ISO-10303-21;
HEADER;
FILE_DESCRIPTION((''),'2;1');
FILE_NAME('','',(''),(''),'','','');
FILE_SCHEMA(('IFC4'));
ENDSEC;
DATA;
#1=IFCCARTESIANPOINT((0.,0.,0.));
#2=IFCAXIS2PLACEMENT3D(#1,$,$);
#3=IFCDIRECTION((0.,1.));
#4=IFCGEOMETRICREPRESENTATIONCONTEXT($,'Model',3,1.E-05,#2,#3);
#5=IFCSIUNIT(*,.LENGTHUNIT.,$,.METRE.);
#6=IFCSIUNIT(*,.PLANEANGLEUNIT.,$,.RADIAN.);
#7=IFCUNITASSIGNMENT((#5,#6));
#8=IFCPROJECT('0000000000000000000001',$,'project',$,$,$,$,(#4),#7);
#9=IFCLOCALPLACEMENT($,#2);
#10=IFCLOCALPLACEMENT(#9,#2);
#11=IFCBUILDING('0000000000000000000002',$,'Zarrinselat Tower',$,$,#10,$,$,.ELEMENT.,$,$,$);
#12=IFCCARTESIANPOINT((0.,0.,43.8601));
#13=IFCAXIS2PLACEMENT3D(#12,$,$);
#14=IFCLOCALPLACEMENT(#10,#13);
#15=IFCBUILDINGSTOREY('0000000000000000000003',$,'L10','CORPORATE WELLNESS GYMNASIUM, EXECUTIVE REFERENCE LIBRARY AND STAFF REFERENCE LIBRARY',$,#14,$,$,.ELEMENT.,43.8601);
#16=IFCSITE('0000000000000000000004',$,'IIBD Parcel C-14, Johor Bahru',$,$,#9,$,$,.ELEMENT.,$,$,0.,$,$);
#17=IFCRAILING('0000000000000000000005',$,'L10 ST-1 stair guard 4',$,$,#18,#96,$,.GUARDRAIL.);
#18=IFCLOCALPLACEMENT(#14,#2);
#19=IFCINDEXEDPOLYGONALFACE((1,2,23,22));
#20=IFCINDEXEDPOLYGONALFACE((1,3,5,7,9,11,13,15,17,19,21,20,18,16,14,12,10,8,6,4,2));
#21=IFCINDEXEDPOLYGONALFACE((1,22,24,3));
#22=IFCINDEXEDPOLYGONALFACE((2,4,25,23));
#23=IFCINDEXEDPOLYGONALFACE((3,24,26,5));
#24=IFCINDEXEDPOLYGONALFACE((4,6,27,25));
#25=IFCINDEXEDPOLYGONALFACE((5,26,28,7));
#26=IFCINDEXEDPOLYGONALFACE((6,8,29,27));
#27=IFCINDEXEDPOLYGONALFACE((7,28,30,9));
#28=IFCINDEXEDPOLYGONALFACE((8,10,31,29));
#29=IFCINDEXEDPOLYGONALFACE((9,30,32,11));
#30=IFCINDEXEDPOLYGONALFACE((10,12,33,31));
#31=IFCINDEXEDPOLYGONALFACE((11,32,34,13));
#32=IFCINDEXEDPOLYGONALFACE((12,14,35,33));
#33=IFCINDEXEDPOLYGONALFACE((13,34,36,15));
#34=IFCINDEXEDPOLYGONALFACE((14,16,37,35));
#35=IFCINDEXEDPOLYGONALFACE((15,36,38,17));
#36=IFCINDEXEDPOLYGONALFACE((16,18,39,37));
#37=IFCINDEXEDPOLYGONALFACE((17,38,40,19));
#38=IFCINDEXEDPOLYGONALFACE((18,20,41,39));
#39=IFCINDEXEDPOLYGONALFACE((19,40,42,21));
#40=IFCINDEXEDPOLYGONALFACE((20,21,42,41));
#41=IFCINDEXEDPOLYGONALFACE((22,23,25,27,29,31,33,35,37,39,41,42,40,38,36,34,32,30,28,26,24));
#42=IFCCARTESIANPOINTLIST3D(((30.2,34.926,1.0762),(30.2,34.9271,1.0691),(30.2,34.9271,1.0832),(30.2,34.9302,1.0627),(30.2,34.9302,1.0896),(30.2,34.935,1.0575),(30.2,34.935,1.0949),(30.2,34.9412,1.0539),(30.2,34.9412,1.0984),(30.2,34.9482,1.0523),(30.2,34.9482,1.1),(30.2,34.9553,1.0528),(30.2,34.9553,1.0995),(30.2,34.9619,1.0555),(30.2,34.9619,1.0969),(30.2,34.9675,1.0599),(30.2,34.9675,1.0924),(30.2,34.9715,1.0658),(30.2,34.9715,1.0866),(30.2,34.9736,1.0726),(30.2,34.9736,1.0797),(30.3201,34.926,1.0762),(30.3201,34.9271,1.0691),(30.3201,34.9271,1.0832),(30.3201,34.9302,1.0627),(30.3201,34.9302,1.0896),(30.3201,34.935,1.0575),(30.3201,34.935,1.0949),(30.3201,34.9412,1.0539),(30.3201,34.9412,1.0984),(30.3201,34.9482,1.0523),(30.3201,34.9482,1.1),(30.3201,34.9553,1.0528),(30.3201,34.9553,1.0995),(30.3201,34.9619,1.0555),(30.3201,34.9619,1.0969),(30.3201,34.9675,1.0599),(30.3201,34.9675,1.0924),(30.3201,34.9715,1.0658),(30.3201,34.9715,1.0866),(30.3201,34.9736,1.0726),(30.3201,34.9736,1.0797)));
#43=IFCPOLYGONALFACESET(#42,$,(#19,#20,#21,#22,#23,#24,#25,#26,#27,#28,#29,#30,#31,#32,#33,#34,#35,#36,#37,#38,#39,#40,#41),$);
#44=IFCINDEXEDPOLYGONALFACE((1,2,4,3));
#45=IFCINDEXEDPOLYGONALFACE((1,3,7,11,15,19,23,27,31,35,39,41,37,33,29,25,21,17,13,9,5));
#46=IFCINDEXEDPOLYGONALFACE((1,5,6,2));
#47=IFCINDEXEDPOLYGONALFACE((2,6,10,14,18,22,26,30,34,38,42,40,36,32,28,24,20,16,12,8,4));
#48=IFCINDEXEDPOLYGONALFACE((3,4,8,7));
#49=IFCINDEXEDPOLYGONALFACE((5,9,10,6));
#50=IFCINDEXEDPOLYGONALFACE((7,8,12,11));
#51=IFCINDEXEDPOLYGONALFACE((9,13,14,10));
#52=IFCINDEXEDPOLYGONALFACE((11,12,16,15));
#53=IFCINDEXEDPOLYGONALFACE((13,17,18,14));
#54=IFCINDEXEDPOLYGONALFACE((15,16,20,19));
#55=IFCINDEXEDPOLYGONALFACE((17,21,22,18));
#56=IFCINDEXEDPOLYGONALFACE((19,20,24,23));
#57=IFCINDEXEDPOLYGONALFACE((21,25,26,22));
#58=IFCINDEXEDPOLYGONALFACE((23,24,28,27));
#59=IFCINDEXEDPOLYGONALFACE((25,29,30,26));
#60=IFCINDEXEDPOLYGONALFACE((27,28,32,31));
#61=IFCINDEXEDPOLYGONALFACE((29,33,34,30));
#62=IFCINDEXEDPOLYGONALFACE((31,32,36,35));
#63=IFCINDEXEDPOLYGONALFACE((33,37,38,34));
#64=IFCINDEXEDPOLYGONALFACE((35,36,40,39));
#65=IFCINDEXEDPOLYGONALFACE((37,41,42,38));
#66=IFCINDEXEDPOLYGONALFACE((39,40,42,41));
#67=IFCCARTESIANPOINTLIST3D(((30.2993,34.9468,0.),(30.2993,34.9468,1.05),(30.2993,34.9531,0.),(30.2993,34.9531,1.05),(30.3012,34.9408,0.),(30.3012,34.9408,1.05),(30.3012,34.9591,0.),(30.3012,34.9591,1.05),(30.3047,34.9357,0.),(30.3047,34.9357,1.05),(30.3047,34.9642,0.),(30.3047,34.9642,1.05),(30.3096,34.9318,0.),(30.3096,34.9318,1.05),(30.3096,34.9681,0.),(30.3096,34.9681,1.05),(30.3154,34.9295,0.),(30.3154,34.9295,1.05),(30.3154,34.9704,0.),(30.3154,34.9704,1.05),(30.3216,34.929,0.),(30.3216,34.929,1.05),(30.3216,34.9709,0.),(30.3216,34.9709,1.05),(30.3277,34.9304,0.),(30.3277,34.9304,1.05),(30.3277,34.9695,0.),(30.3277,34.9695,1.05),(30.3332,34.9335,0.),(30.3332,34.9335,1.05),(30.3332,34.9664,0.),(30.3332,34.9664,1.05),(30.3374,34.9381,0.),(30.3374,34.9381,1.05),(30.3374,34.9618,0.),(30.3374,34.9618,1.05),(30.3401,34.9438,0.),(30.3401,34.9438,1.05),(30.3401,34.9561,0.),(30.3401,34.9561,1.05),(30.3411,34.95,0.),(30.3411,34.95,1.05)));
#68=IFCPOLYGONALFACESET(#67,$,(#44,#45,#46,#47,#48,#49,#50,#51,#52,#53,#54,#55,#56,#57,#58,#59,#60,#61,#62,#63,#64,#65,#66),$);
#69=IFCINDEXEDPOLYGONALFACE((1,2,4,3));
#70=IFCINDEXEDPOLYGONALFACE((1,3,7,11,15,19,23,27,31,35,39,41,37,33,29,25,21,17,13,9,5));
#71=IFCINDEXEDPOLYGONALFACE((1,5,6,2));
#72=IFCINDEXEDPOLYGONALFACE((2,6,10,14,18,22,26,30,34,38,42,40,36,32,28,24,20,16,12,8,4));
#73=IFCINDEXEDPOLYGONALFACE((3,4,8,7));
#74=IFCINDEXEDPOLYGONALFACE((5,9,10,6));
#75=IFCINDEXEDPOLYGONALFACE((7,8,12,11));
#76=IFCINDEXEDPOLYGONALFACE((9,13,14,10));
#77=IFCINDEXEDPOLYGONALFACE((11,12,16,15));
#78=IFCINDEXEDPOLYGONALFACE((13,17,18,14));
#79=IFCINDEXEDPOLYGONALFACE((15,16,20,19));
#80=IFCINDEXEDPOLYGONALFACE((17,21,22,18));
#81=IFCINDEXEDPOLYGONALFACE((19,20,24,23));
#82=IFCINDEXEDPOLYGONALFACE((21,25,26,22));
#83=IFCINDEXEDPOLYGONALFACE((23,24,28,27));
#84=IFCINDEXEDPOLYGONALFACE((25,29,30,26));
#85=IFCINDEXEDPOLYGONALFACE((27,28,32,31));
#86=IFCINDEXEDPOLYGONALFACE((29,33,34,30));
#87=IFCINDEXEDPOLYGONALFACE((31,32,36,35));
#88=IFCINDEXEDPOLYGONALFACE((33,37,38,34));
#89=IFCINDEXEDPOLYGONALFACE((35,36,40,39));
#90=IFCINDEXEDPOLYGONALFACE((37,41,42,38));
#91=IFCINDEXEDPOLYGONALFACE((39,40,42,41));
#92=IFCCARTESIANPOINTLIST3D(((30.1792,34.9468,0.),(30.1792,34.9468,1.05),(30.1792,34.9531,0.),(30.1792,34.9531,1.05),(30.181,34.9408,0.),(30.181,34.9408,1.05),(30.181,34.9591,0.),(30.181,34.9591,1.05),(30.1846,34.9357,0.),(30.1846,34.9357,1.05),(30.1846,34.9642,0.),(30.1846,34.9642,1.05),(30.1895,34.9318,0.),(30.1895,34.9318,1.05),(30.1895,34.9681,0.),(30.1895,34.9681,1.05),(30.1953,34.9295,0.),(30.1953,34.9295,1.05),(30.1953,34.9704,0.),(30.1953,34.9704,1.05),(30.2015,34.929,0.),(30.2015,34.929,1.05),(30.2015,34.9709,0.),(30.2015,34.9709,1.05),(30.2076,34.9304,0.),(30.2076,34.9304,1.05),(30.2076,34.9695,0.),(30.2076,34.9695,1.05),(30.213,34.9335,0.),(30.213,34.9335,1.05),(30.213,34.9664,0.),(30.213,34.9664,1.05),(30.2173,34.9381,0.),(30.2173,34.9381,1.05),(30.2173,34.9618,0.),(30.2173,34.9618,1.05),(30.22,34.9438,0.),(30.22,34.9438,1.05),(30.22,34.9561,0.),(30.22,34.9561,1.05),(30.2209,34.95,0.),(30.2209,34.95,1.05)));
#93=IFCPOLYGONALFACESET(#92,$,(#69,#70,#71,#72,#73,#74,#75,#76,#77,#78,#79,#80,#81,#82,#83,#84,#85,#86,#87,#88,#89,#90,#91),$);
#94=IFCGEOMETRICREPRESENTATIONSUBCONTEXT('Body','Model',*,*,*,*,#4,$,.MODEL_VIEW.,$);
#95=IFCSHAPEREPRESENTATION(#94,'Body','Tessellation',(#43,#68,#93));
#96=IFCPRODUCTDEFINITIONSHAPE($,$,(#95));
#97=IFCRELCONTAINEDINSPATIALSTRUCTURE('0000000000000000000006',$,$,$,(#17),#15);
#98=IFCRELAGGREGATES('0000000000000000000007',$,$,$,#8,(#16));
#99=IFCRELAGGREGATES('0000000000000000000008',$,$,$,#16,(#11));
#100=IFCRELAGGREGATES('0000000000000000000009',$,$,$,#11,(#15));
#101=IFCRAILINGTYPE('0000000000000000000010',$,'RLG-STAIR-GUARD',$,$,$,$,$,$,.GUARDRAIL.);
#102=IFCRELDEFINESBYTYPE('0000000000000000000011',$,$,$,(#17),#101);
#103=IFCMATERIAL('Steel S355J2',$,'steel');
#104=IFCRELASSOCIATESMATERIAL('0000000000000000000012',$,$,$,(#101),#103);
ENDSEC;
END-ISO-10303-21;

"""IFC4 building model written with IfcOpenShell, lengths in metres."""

from ifc_helpers import new_model, si_unit, direction, frame, origin, origin_2d, place, context, subcontext, project, spatial, circle, extrude, material, type_object, element, save


model = new_model("IFC4")

# Units and contexts
model_context = context("Model", 3, precision=1e-05, world=origin(), true_north=direction((0.0, 1.0)))
body_context = subcontext(model_context, "Body", "Model", "MODEL_VIEW")
ifc_project = project(units=[si_unit("LENGTHUNIT", "METRE"), si_unit("PLANEANGLEUNIT", "RADIAN")], contexts=[model_context])

# Site, building, storey
site_placement = place(None, origin())
site = spatial("IfcSite", under=ifc_project, at=site_placement, Name="IIBD Parcel C-14, Johor Bahru", CompositionType="ELEMENT", RefElevation=0.0)
building_placement = place(site_placement, origin())
building = spatial("IfcBuilding", under=site, at=building_placement, Name="Zarrinselat Tower", CompositionType="ELEMENT")
storey_placement = place(building_placement, frame((0.0, 0.0, 43.8601)))
storey = spatial("IfcBuildingStorey", under=building, at=storey_placement, Name="L10", Description="CORPORATE WELLNESS GYMNASIUM, EXECUTIVE REFERENCE LIBRARY AND STAFF REFERENCE LIBRARY", CompositionType="ELEMENT", Elevation=43.8601)

# Railing
ifc_material_1 = material(Name="Steel S355J2", Category="steel")
railing_type_1 = type_object("IfcRailingType", Name="RLG-STAIR-GUARD", PredefinedType="GUARDRAIL", material=ifc_material_1)
railing_1_placement = place(storey_placement, frame((30.3201, 34.95, 0.0)))
element("IfcRailing", 1, at=railing_1_placement, inside=storey, type_object=railing_type_1, Name="L10 ST-1 stair guard 4", PredefinedType="GUARDRAIL", context=body_context, shape_type="SweptSolid", body=[
    extrude(circle(Radius=0.0239, at=origin_2d()), frame((0.0, 0.0, 1.0762), z_axis=(-1.0, 0.0, 0.0), x_axis=(0.0, -1.0, 0.0)), (0.0, 0.0, 1.0), 0.1201),
    extrude(circle(Radius=0.021, at=origin_2d()), origin(), (0.0, 0.0, 1.0), 1.05),
    extrude(circle(Radius=0.021, at=origin_2d()), frame((-0.1201, 0.0, 0.0)), (0.0, 0.0, 1.0), 1.05),
])

save(model, "model.ifc")
